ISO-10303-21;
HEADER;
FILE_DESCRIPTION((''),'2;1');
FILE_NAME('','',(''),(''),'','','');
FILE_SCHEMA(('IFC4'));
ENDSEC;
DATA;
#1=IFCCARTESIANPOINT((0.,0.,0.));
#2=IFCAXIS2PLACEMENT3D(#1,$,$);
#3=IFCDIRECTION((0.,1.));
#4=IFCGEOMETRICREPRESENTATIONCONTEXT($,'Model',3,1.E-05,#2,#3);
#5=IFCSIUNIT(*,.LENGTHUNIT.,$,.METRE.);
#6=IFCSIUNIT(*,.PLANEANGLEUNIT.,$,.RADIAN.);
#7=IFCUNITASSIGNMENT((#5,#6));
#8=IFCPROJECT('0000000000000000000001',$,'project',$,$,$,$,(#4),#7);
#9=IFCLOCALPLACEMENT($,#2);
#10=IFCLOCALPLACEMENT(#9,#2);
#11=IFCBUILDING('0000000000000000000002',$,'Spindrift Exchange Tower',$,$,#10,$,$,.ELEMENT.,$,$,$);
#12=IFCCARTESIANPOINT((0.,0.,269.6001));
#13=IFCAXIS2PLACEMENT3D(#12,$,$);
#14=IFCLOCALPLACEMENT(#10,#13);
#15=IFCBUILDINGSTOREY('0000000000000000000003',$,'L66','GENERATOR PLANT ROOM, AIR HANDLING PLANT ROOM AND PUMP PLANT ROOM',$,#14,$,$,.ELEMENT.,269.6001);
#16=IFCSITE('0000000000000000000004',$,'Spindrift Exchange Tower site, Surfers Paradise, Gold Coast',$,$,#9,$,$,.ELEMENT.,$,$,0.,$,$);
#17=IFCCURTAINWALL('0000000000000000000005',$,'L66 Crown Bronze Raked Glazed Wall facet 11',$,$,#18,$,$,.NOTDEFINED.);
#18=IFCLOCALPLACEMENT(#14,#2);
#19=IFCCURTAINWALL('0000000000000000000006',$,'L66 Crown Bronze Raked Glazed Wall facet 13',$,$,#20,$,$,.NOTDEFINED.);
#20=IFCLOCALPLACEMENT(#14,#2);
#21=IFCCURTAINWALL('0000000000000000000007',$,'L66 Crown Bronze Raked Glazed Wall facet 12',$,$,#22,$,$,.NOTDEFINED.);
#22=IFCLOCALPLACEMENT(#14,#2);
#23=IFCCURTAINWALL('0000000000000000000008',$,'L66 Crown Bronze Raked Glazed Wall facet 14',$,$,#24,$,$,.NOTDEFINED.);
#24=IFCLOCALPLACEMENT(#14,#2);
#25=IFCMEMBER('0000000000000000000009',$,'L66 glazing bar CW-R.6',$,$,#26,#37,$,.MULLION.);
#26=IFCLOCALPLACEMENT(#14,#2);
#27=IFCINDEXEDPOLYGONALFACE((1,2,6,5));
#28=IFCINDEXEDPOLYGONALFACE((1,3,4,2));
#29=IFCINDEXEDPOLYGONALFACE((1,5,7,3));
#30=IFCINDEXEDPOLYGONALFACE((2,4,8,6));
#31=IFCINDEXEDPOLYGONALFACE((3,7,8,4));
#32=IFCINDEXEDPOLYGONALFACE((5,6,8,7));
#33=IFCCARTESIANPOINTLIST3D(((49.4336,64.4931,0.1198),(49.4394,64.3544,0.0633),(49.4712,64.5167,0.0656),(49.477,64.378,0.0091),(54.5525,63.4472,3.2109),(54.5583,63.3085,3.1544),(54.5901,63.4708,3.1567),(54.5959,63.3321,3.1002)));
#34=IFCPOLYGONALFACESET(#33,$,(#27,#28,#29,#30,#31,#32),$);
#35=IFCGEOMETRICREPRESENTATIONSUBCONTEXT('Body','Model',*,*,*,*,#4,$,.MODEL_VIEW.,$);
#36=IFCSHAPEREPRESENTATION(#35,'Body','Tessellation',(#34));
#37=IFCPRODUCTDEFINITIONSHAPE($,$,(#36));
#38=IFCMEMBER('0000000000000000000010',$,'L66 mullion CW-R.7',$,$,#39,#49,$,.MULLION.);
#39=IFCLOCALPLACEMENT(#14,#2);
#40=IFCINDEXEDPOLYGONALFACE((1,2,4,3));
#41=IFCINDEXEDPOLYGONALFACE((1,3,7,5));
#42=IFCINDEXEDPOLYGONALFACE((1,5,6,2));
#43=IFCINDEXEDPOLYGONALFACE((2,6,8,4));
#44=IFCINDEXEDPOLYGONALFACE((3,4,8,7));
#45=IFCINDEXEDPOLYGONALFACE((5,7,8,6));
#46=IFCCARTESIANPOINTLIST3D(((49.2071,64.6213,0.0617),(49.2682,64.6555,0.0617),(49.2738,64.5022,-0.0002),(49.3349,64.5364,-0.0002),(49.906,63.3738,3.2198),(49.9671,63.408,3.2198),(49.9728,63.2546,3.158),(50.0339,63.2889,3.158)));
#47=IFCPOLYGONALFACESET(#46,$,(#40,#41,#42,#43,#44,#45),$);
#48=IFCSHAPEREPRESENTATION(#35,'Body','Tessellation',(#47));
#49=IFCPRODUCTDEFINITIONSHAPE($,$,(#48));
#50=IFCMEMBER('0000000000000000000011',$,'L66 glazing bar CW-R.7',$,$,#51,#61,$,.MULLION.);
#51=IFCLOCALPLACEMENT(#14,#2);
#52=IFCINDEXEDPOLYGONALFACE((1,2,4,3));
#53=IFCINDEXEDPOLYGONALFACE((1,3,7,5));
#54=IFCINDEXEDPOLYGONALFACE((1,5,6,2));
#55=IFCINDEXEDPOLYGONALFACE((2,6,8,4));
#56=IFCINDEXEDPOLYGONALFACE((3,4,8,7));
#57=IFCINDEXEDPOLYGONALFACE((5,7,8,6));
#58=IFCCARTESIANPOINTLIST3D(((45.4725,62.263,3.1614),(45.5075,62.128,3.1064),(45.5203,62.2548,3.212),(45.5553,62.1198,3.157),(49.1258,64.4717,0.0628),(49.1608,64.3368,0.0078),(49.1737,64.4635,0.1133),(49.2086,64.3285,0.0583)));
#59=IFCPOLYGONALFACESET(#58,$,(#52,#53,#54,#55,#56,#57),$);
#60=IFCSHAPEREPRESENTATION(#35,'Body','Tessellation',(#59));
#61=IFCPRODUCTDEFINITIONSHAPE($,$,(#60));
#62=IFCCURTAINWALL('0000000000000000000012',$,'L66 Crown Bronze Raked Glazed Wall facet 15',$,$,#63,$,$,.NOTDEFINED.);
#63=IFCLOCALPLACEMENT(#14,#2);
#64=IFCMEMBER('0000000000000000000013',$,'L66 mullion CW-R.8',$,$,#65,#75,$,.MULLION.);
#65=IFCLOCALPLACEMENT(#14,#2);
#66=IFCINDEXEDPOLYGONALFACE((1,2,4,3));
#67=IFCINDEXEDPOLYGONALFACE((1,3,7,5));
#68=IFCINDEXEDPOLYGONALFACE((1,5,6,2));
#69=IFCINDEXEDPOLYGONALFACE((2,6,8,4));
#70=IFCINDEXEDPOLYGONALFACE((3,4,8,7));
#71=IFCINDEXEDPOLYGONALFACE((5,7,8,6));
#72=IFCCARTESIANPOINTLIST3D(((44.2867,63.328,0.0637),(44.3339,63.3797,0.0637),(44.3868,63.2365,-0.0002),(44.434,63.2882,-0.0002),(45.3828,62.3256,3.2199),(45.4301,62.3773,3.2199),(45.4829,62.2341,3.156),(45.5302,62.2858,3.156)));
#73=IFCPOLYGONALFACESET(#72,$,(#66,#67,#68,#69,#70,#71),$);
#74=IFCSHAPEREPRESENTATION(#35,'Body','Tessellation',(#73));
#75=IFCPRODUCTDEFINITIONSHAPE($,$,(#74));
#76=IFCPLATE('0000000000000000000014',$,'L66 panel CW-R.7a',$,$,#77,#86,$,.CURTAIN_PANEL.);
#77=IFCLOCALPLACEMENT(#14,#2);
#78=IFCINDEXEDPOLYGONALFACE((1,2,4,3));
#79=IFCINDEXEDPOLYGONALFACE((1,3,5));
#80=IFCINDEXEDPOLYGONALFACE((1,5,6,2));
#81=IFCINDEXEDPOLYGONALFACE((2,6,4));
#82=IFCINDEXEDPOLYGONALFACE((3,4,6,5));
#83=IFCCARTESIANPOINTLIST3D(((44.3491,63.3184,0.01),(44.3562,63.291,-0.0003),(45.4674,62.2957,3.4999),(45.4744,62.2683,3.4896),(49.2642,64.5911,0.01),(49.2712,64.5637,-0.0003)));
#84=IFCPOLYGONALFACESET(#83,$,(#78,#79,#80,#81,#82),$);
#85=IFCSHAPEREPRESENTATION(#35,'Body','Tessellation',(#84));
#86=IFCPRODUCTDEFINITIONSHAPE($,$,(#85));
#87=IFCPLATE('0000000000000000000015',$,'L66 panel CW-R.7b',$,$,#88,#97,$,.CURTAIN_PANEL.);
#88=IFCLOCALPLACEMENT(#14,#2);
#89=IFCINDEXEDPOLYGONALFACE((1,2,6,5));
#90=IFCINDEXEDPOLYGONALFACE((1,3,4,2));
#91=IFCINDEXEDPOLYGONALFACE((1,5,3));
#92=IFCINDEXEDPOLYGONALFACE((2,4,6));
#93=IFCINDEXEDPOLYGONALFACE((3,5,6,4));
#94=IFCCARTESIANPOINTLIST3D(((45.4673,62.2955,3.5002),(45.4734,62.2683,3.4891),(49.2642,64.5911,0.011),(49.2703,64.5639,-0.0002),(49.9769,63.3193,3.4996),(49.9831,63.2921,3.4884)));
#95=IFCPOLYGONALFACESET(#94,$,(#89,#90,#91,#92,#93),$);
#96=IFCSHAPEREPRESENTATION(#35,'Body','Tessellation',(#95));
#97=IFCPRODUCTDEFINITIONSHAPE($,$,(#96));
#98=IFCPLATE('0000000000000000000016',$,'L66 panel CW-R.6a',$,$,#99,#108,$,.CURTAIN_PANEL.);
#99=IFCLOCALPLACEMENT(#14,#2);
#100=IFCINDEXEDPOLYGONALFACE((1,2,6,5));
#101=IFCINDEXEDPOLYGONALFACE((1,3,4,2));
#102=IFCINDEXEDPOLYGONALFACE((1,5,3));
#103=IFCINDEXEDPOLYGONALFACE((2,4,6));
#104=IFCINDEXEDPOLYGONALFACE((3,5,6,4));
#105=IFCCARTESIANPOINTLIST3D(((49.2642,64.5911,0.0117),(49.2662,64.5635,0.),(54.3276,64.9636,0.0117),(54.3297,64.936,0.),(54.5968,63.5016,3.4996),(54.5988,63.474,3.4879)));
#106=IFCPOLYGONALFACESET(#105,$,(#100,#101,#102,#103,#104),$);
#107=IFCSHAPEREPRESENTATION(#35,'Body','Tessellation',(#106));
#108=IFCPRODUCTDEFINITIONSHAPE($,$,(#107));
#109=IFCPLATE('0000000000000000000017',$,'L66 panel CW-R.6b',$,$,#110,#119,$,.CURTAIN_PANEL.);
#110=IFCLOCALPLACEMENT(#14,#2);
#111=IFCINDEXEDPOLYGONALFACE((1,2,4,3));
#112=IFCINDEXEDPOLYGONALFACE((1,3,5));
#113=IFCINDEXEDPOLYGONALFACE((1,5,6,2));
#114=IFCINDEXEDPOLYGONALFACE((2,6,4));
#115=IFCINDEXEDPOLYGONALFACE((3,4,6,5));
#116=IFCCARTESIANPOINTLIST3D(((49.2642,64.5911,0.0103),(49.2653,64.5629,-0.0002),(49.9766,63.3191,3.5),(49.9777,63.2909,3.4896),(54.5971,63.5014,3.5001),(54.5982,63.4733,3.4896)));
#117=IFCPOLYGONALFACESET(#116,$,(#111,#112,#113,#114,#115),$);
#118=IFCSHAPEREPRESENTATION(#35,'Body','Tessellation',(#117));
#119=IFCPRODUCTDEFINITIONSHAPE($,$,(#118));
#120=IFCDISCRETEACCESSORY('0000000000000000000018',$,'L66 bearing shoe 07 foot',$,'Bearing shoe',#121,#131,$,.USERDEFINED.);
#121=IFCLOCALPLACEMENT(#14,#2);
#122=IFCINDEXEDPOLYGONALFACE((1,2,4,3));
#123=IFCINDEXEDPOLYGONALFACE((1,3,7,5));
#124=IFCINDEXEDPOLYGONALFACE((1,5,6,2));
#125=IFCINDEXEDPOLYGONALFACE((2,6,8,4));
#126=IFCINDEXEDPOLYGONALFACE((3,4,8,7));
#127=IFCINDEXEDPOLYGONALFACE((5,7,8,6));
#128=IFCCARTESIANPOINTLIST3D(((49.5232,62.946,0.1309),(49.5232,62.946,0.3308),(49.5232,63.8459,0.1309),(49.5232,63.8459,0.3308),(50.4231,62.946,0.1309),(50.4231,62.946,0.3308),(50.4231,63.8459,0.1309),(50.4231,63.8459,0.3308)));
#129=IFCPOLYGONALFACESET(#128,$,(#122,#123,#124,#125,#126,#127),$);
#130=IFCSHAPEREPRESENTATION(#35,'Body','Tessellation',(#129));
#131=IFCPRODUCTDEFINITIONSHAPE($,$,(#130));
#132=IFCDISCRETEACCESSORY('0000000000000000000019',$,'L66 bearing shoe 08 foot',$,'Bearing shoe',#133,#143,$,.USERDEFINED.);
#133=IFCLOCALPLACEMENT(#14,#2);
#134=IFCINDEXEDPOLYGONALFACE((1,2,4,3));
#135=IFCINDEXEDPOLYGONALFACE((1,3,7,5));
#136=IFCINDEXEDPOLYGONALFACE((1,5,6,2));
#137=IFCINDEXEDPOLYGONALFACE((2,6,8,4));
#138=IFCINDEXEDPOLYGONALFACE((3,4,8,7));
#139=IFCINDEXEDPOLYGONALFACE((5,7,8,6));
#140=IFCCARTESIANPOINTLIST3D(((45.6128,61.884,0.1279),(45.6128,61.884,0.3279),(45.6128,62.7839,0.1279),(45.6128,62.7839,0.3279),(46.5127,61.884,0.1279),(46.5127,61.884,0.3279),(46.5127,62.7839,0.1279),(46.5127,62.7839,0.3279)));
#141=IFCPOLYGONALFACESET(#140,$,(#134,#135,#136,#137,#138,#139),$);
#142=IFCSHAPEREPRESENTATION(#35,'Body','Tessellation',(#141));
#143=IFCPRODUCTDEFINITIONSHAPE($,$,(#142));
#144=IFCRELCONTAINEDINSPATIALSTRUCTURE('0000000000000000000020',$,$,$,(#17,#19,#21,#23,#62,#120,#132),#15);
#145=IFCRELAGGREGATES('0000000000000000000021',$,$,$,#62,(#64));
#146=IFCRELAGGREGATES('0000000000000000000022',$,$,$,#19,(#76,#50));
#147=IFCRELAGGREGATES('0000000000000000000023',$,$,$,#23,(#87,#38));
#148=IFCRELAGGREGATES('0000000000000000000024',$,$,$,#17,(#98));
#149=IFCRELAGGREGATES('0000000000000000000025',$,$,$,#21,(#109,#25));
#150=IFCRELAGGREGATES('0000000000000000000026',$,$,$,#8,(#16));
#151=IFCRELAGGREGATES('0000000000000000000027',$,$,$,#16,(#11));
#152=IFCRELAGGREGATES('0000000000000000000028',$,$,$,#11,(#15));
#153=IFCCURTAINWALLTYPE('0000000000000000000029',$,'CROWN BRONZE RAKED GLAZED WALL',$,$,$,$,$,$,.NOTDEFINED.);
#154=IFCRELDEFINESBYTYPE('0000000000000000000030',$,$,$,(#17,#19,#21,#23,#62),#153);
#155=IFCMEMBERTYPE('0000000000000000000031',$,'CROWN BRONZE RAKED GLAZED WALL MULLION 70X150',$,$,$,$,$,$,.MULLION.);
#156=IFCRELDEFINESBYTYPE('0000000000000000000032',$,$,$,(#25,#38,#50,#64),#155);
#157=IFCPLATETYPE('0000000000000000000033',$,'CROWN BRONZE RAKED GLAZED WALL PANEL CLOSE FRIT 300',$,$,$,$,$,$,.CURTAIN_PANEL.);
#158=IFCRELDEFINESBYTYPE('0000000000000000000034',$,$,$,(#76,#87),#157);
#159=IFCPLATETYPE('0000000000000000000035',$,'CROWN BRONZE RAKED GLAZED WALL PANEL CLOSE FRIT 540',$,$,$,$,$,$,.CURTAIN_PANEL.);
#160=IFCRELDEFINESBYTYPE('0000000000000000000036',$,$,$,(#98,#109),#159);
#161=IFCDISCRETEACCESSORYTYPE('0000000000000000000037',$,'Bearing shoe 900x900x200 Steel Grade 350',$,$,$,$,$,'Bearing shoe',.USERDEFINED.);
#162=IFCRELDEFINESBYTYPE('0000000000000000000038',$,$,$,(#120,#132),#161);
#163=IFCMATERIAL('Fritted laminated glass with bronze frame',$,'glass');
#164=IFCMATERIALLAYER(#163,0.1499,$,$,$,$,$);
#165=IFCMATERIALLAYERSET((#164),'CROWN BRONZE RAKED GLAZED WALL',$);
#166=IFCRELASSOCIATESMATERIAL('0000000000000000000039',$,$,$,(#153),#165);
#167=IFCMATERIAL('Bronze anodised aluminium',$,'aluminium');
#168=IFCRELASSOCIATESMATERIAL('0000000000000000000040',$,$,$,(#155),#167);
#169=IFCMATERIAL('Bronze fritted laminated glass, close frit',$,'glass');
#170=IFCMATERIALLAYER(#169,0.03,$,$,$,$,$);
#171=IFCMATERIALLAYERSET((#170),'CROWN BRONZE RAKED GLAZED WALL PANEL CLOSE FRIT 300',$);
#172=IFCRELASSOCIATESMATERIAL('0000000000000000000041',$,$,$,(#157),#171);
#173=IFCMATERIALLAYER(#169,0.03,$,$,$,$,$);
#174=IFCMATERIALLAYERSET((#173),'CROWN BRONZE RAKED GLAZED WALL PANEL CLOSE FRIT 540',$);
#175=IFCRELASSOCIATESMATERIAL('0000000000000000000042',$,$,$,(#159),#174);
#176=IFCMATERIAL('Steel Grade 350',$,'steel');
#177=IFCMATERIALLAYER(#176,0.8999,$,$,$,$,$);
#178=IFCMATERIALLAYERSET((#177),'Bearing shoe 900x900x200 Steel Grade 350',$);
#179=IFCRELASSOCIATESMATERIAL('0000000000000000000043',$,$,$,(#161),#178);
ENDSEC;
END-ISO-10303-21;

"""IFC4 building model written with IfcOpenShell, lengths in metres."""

from ifc_helpers import new_model, si_unit, direction, frame, origin, origin_2d, place, context, subcontext, project, spatial, line, indexed_curve, rectangle, outline, extrude, source, transform, mapped, material, layer, layer_set, material_profile, profile_set, type_object, element, aggregate, save


model = new_model("IFC4")

# Units and contexts
model_context = context("Model", 3, precision=1e-05, world=origin(), true_north=direction((0.0, 1.0)))
body_context = subcontext(model_context, "Body", "Model", "MODEL_VIEW")
ifc_project = project(units=[si_unit("LENGTHUNIT", "METRE"), si_unit("PLANEANGLEUNIT", "RADIAN")], contexts=[model_context])

# Site, building, storey
site_placement = place(None, origin())
site = spatial("IfcSite", under=ifc_project, at=site_placement, Name="Spindrift Exchange Tower site, Surfers Paradise, Gold Coast", CompositionType="ELEMENT", RefElevation=0.0)
building_placement = place(site_placement, origin())
building = spatial("IfcBuilding", under=site, at=building_placement, Name="Spindrift Exchange Tower", CompositionType="ELEMENT")
storey_placement = place(building_placement, frame((0.0, 0.0, 269.6001)))
storey = spatial("IfcBuildingStorey", under=building, at=storey_placement, Name="L66", Description="GENERATOR PLANT ROOM, AIR HANDLING PLANT ROOM AND PUMP PLANT ROOM", CompositionType="ELEMENT", Elevation=269.6001)

# Curtain walls
ifc_material_1 = material(Name="Fritted laminated glass with bronze frame", Category="glass")
ifc_layer_1 = layer(ifc_material_1, 0.1499)
ifc_layer_set_1 = layer_set([ifc_layer_1], Name="CROWN BRONZE RAKED GLAZED WALL")
curtain_wall_type = type_object("IfcCurtainWallType", Name="CROWN BRONZE RAKED GLAZED WALL", PredefinedType="NOTDEFINED", material=ifc_layer_set_1)
curtain_wall_1_placement = place(storey_placement, origin())
curtain_wall_1 = element("IfcCurtainWall", 1, at=curtain_wall_1_placement, inside=storey, type_object=curtain_wall_type, Name="L66 Crown Bronze Raked Glazed Wall facet 11", PredefinedType="NOTDEFINED")
ifc_material_2 = material(Name="Bronze anodised aluminium", Category="aluminium")
curtain_wall_2_placement = place(storey_placement, origin())
curtain_wall_2 = element("IfcCurtainWall", 2, at=curtain_wall_2_placement, inside=storey, type_object=curtain_wall_type, Name="L66 Crown Bronze Raked Glazed Wall facet 13", PredefinedType="NOTDEFINED")
curtain_wall_3_placement = place(storey_placement, origin())
curtain_wall_3 = element("IfcCurtainWall", 3, at=curtain_wall_3_placement, inside=storey, type_object=curtain_wall_type, Name="L66 Crown Bronze Raked Glazed Wall facet 12", PredefinedType="NOTDEFINED")
curtain_wall_4_placement = place(storey_placement, origin())
curtain_wall_4 = element("IfcCurtainWall", 4, at=curtain_wall_4_placement, inside=storey, type_object=curtain_wall_type, Name="L66 Crown Bronze Raked Glazed Wall facet 14", PredefinedType="NOTDEFINED")

# Members
ifc_material_profile_1 = material_profile(ifc_material_2, rectangle(XDim=0.0701, YDim=0.1499, at=origin_2d()), Name="CROWN BRONZE RAKED GLAZED WALL MULLION 70X150")
ifc_profile_set_1 = profile_set([ifc_material_profile_1], Name="Bronze anodised aluminium")
member_type_1 = type_object("IfcMemberType", Name="CROWN BRONZE RAKED GLAZED WALL MULLION 70X150", PredefinedType="MULLION", material=ifc_profile_set_1)
shared_shape_1 = source(origin(), body_context, "Body", "SweptSolid", [
    extrude(rectangle(XDim=0.0701, YDim=0.1499, at=origin_2d()), origin(), (0.0, 0.0, 1.0), 6.0706),
])
member_1_placement = place(storey_placement, frame((49.4553, 64.4355, 0.0645), z_axis=(0.843233, -0.17229, 0.509189), x_axis=(0.536162, 0.337546, -0.773688)))
member_1 = element("IfcMember", 5, at=member_1_placement, type_object=member_type_1, Name="L66 glazing bar CW-R.6", PredefinedType="MULLION", context=body_context, shape_type="MappedRepresentation", body=[
    mapped(shared_shape_1, transform((0.0, 0.0, 0.0), scale=1.0)),
])
shared_shape_2 = source(origin(), body_context, "Body", "SweptSolid", [
    extrude(rectangle(XDim=0.0701, YDim=0.1499, at=origin_2d()), origin(), (0.0, 0.0, 1.0), 3.4668),
])
member_2_placement = place(storey_placement, frame((49.271, 64.5789, 0.0308), z_axis=(0.201615, -0.359851, 0.910966), x_axis=(0.872404, 0.488785, 0.0)))
member_2 = element("IfcMember", 6, at=member_2_placement, type_object=member_type_1, Name="L66 mullion CW-R.7", PredefinedType="MULLION", context=body_context, shape_type="MappedRepresentation", body=[
    mapped(shared_shape_2, transform((0.0, 0.0, 0.0), scale=1.0)),
])
shared_shape_3 = source(origin(), body_context, "Body", "SweptSolid", [
    extrude(rectangle(XDim=0.0701, YDim=0.1499, at=origin_2d()), origin(), (0.0, 0.0, 1.0), 5.2751),
])
member_3_placement = place(storey_placement, frame((49.1672, 64.4001, 0.0605), z_axis=(-0.692558, -0.41871, 0.587406), x_axis=(0.682608, -0.117081, 0.721345)))
member_3 = element("IfcMember", 7, at=member_3_placement, type_object=member_type_1, Name="L66 glazing bar CW-R.7", PredefinedType="MULLION", context=body_context, shape_type="MappedRepresentation", body=[
    mapped(shared_shape_3, transform((0.0, 0.0, 0.0), scale=1.0)),
])

# Curtain wall, member
curtain_wall_5_placement = place(storey_placement, origin())
curtain_wall_5 = element("IfcCurtainWall", 8, at=curtain_wall_5_placement, inside=storey, type_object=curtain_wall_type, Name="L66 Crown Bronze Raked Glazed Wall facet 15", PredefinedType="NOTDEFINED")
shared_shape_4 = source(origin(), body_context, "Body", "SweptSolid", [
    extrude(rectangle(XDim=0.0701, YDim=0.1499, at=origin_2d()), origin(), (0.0, 0.0, 1.0), 3.4883),
])
member_4_placement = place(storey_placement, frame((44.3604, 63.3081, 0.0317), z_axis=(0.314245, -0.28737, 0.904803), x_axis=(0.674846, 0.737959, 0.0)))
member_4 = element("IfcMember", 9, at=member_4_placement, type_object=member_type_1, Name="L66 mullion CW-R.8", PredefinedType="MULLION", context=body_context, shape_type="MappedRepresentation", body=[
    mapped(shared_shape_4, transform((0.0, 0.0, 0.0), scale=1.0)),
])
aggregate(curtain_wall_5, [member_4])

# Plates
ifc_material_3 = material(Name="Bronze fritted laminated glass, close frit", Category="glass")
ifc_layer_2 = layer(ifc_material_3, 0.03)
ifc_layer_set_2 = layer_set([ifc_layer_2], Name="CROWN BRONZE RAKED GLAZED WALL PANEL CLOSE FRIT 300")
plate_type_1 = type_object("IfcPlateType", Name="CROWN BRONZE RAKED GLAZED WALL PANEL CLOSE FRIT 300", PredefinedType="CURTAIN_PANEL", material=ifc_layer_set_2)
plate_1_placement = place(storey_placement, frame((49.2642, 64.5911, 0.01), z_axis=(-0.235553, 0.909677, 0.342057), x_axis=(-0.968072, -0.250673, 0.0)))
plate_1 = element("IfcPlate", 10, at=plate_1_placement, type_object=plate_type_1, Name="L66 panel CW-R.7a", PredefinedType="CURTAIN_PANEL", context=body_context, shape_type="SweptSolid", body=[
    extrude(outline(indexed_curve([(0.0, 0.0), (5.0771, 0.0), (4.251, 3.7139)], segments=[line(1, 2, 3, 1)], self_intersect=False)), origin(), (0.0, 0.0, -1.0), 0.03),
])
aggregate(curtain_wall_2, [plate_1, member_3])
plate_2_placement = place(storey_placement, frame((49.2642, 64.5911, 0.011), z_axis=(-0.205451, 0.90522, 0.371976), x_axis=(-0.672665, -0.406688, 0.618164)))
plate_2 = element("IfcPlate", 11, at=plate_2_placement, type_object=plate_type_1, Name="L66 panel CW-R.7b", PredefinedType="CURTAIN_PANEL", context=body_context, shape_type="SweptSolid", body=[
    extrude(outline(indexed_curve([(0.0, 0.0), (5.6445, 0.0), (2.1943, 3.0791)], segments=[line(1, 2, 3, 1)], self_intersect=False)), origin(), (0.0, 0.0, -1.0), 0.03),
])
aggregate(curtain_wall_4, [plate_2, member_2])
ifc_layer_3 = layer(ifc_material_3, 0.03)
ifc_layer_set_3 = layer_set([ifc_layer_3], Name="CROWN BRONZE RAKED GLAZED WALL PANEL CLOSE FRIT 540")
plate_type_2 = type_object("IfcPlateType", Name="CROWN BRONZE RAKED GLAZED WALL PANEL CLOSE FRIT 540", PredefinedType="CURTAIN_PANEL", material=ifc_layer_set_3)
plate_3_placement = place(storey_placement, frame((49.2642, 64.5911, 0.0117), z_axis=(-0.067565, 0.91828, 0.390125), x_axis=(0.997304, 0.073379, 0.0)))
plate_3 = element("IfcPlate", 12, at=plate_3_placement, type_object=plate_type_2, Name="L66 panel CW-R.6a", PredefinedType="CURTAIN_PANEL", context=body_context, shape_type="SweptSolid", body=[
    extrude(outline(indexed_curve([(0.0, 0.0), (5.0771, 0.0), (5.2383, -3.7881)], segments=[line(1, 2, 3, 1)], self_intersect=False)), origin(), (0.0, 0.0, -1.0), 0.03),
])
aggregate(curtain_wall_1, [plate_3])
plate_4_placement = place(storey_placement, frame((49.2642, 64.5911, 0.0103), z_axis=(-0.036965, 0.936442, 0.348871), x_axis=(0.824791, -0.168523, 0.539741)))
plate_4 = element("IfcPlate", 13, at=plate_4_placement, type_object=plate_type_2, Name="L66 panel CW-R.6b", PredefinedType="CURTAIN_PANEL", context=body_context, shape_type="SweptSolid", body=[
    extrude(outline(indexed_curve([(0.0, 0.0), (6.4658, 0.0), (2.6855, -2.6631)], segments=[line(1, 2, 3, 1)], self_intersect=False)), origin(), (0.0, 0.0, -1.0), 0.03),
])
aggregate(curtain_wall_3, [plate_4, member_1])

# Discrete accessories
ifc_material_4 = material(Name="Steel Grade 350", Category="steel")
ifc_layer_4 = layer(ifc_material_4, 0.8999)
ifc_layer_set_4 = layer_set([ifc_layer_4], Name="Bearing shoe 900x900x200 Steel Grade 350")
discrete_accessory_type = type_object("IfcDiscreteAccessoryType", Name="Bearing shoe 900x900x200 Steel Grade 350", ElementType="Bearing shoe", PredefinedType="USERDEFINED", material=ifc_layer_set_4)
shared_shape_5 = source(origin(), body_context, "Body", "SweptSolid", [
    extrude(rectangle(XDim=0.8999, YDim=0.8999, at=origin_2d()), origin(), (0.0, 0.0, 1.0), 0.2),
])
for number, where, z_axis, x_axis, name in (
    (14, (49.9731, 63.396, 0.1309), (0.0, 0.0, 1.0), (1.0, 0.0, 0.0), "L66 bearing shoe 07 foot"),
    (15, (46.0627, 62.334, 0.1279), (0.0, 0.0, 1.0), (1.0, 0.0, 0.0), "L66 bearing shoe 08 foot"),
):
    element("IfcDiscreteAccessory", number, at=place(storey_placement, frame(where, z_axis=z_axis, x_axis=x_axis)), inside=storey, type_object=discrete_accessory_type, Name=name, ObjectType="Bearing shoe", PredefinedType="USERDEFINED", context=body_context, shape_type="MappedRepresentation", body=[
        mapped(shared_shape_5, transform((0.0, 0.0, 0.0), scale=1.0)),
    ])

save(model, "model.ifc")
